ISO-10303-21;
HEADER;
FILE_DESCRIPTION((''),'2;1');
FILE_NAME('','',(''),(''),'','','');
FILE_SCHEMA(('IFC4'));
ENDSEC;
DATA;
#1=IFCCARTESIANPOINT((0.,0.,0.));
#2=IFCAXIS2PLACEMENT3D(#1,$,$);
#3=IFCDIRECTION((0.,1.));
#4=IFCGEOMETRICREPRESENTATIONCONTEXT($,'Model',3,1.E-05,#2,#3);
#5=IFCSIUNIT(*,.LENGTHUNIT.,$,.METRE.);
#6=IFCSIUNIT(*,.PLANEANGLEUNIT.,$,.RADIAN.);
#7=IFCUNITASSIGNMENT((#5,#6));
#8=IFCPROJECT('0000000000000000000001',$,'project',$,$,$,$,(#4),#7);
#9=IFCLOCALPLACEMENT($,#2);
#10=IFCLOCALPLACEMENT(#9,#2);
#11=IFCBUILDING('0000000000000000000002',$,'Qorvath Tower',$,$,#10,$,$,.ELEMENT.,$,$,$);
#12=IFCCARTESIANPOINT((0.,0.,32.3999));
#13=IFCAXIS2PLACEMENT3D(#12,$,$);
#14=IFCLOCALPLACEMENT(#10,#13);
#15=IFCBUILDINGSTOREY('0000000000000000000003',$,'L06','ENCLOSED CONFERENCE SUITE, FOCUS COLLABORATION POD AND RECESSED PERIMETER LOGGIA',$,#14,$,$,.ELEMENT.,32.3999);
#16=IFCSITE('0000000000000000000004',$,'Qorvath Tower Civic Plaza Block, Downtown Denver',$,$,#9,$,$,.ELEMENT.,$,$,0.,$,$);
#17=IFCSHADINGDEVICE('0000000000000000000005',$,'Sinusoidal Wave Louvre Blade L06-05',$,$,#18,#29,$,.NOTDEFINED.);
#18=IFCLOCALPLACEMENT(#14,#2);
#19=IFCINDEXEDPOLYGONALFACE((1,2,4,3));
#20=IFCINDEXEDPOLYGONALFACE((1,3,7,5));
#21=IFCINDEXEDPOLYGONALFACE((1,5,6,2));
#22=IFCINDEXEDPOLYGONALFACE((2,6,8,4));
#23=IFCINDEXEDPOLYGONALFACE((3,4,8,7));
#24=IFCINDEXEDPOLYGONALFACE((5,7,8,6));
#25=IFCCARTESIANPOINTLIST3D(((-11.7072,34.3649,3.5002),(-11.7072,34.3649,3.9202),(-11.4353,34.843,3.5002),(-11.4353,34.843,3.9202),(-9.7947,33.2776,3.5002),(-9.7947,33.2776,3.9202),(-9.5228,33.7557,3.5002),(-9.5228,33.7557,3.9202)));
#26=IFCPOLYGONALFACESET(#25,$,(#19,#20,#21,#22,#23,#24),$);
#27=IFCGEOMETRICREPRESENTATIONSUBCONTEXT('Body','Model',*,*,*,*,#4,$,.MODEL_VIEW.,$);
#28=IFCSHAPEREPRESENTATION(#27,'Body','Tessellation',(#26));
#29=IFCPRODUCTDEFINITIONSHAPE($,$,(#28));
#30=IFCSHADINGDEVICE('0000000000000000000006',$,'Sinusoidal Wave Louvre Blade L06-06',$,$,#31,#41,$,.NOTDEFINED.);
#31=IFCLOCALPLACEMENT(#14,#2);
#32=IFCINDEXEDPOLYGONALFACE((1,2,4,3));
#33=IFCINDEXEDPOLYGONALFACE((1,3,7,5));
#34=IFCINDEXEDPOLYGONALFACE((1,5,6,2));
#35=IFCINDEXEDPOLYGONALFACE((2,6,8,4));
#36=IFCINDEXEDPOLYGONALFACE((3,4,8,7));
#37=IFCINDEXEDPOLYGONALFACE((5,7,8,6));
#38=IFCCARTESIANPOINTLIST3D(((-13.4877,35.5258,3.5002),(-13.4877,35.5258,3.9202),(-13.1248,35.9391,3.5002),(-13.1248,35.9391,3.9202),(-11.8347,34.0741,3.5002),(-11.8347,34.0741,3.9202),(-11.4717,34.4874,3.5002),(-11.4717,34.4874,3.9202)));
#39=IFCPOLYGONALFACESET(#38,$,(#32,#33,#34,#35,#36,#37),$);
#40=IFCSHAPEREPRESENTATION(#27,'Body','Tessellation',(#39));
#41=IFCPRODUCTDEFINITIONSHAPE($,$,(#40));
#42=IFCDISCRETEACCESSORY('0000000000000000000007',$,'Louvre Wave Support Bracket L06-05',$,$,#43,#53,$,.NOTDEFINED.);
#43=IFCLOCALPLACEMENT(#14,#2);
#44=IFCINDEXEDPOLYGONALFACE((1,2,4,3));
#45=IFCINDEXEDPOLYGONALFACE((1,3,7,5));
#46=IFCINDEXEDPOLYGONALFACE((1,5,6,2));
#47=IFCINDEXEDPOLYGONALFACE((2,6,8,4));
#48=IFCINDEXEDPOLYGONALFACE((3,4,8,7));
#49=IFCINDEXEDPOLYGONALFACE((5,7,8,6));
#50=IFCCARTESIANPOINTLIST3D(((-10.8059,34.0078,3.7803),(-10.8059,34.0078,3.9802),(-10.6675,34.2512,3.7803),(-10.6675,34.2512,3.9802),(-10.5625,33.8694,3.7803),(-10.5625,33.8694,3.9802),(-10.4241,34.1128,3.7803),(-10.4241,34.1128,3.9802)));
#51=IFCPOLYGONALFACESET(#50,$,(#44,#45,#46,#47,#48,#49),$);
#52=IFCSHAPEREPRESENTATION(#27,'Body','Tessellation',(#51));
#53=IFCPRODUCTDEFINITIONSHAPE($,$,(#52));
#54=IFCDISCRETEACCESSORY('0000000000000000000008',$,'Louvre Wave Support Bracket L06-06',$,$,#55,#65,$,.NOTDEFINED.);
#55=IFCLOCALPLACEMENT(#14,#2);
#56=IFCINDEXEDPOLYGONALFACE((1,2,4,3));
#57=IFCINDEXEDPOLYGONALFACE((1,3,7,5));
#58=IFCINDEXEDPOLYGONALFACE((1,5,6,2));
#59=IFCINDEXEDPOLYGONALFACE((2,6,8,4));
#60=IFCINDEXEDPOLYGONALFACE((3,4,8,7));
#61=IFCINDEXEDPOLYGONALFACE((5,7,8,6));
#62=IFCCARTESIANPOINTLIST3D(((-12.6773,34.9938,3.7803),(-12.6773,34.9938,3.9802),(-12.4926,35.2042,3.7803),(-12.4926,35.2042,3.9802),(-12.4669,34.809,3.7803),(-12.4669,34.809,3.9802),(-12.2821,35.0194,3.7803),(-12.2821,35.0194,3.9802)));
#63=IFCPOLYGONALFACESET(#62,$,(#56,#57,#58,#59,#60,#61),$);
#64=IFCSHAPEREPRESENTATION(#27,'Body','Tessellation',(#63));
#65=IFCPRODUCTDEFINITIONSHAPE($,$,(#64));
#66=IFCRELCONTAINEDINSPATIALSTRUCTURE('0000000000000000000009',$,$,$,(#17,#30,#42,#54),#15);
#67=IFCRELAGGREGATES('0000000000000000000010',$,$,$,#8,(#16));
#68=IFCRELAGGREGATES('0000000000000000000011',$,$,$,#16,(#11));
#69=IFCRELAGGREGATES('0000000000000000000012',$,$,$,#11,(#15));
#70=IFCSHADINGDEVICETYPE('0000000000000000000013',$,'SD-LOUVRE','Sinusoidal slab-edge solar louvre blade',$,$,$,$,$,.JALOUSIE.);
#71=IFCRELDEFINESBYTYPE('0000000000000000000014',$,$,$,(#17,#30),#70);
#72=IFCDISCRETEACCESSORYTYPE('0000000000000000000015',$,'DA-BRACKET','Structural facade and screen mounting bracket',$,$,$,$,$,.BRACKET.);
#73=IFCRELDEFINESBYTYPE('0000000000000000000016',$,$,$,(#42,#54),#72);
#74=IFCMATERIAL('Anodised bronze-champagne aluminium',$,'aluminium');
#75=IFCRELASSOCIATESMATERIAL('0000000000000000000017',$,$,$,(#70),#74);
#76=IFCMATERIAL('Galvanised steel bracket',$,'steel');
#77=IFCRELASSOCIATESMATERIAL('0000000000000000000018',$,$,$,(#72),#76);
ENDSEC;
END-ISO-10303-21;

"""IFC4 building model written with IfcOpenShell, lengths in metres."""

from ifc_helpers import new_model, si_unit, direction, frame, origin, origin_2d, place, context, subcontext, project, spatial, rectangle, extrude, material, type_object, element, save


model = new_model("IFC4")

# Units and contexts
model_context = context("Model", 3, precision=1e-05, world=origin(), true_north=direction((0.0, 1.0)))
body_context = subcontext(model_context, "Body", "Model", "MODEL_VIEW")
ifc_project = project(units=[si_unit("LENGTHUNIT", "METRE"), si_unit("PLANEANGLEUNIT", "RADIAN")], contexts=[model_context])

# Site, building, storey
site_placement = place(None, origin())
site = spatial("IfcSite", under=ifc_project, at=site_placement, Name="Qorvath Tower Civic Plaza Block, Downtown Denver", CompositionType="ELEMENT", RefElevation=0.0)
building_placement = place(site_placement, origin())
building = spatial("IfcBuilding", under=site, at=building_placement, Name="Qorvath Tower", CompositionType="ELEMENT")
storey_placement = place(building_placement, frame((0.0, 0.0, 32.3999)))
storey = spatial("IfcBuildingStorey", under=building, at=storey_placement, Name="L06", Description="ENCLOSED CONFERENCE SUITE, FOCUS COLLABORATION POD AND RECESSED PERIMETER LOGGIA", CompositionType="ELEMENT", Elevation=32.3999)

# Shading devices
ifc_material_1 = material(Name="Anodised bronze-champagne aluminium", Category="aluminium")
shading_device_type = type_object("IfcShadingDeviceType", Name="SD-LOUVRE", Description="Sinusoidal slab-edge solar louvre blade", PredefinedType="JALOUSIE", material=ifc_material_1)
for number, where, z_axis, x_axis, name in (
    (1, (-10.615, 34.0603, 3.5002), (0.0, 0.0, 1.0), (-0.86933, 0.494232, 0.0), "Sinusoidal Wave Louvre Blade L06-05"),
    (2, (-12.4797, 35.0066, 3.5002), (0.0, 0.0, 1.0), (-0.751401, 0.659846, 0.0), "Sinusoidal Wave Louvre Blade L06-06"),
):
    element("IfcShadingDevice", number, at=place(storey_placement, frame(where, z_axis=z_axis, x_axis=x_axis)), inside=storey, type_object=shading_device_type, Name=name, PredefinedType="NOTDEFINED", context=body_context, shape_type="SweptSolid", body=[
        extrude(rectangle(XDim=2.2, YDim=0.55, at=origin_2d()), origin(), (0.0, 0.0, 1.0), 0.4199),
    ])

# Discrete accessories
ifc_material_2 = material(Name="Galvanised steel bracket", Category="steel")
discrete_accessory_type = type_object("IfcDiscreteAccessoryType", Name="DA-BRACKET", Description="Structural facade and screen mounting bracket", PredefinedType="BRACKET", material=ifc_material_2)
for number, where, z_axis, x_axis, name in (
    (3, (-10.615, 34.0603, 3.7803), (0.0, 0.0, 1.0), (-0.86933, 0.494232, 0.0), "Louvre Wave Support Bracket L06-05"),
    (4, (-12.4797, 35.0066, 3.7803), (0.0, 0.0, 1.0), (-0.751401, 0.659846, 0.0), "Louvre Wave Support Bracket L06-06"),
):
    element("IfcDiscreteAccessory", number, at=place(storey_placement, frame(where, z_axis=z_axis, x_axis=x_axis)), inside=storey, type_object=discrete_accessory_type, Name=name, PredefinedType="NOTDEFINED", context=body_context, shape_type="SweptSolid", body=[
        extrude(rectangle(XDim=0.28, YDim=0.28, at=origin_2d()), origin(), (0.0, 0.0, 1.0), 0.2),
    ])

save(model, "model.ifc")
